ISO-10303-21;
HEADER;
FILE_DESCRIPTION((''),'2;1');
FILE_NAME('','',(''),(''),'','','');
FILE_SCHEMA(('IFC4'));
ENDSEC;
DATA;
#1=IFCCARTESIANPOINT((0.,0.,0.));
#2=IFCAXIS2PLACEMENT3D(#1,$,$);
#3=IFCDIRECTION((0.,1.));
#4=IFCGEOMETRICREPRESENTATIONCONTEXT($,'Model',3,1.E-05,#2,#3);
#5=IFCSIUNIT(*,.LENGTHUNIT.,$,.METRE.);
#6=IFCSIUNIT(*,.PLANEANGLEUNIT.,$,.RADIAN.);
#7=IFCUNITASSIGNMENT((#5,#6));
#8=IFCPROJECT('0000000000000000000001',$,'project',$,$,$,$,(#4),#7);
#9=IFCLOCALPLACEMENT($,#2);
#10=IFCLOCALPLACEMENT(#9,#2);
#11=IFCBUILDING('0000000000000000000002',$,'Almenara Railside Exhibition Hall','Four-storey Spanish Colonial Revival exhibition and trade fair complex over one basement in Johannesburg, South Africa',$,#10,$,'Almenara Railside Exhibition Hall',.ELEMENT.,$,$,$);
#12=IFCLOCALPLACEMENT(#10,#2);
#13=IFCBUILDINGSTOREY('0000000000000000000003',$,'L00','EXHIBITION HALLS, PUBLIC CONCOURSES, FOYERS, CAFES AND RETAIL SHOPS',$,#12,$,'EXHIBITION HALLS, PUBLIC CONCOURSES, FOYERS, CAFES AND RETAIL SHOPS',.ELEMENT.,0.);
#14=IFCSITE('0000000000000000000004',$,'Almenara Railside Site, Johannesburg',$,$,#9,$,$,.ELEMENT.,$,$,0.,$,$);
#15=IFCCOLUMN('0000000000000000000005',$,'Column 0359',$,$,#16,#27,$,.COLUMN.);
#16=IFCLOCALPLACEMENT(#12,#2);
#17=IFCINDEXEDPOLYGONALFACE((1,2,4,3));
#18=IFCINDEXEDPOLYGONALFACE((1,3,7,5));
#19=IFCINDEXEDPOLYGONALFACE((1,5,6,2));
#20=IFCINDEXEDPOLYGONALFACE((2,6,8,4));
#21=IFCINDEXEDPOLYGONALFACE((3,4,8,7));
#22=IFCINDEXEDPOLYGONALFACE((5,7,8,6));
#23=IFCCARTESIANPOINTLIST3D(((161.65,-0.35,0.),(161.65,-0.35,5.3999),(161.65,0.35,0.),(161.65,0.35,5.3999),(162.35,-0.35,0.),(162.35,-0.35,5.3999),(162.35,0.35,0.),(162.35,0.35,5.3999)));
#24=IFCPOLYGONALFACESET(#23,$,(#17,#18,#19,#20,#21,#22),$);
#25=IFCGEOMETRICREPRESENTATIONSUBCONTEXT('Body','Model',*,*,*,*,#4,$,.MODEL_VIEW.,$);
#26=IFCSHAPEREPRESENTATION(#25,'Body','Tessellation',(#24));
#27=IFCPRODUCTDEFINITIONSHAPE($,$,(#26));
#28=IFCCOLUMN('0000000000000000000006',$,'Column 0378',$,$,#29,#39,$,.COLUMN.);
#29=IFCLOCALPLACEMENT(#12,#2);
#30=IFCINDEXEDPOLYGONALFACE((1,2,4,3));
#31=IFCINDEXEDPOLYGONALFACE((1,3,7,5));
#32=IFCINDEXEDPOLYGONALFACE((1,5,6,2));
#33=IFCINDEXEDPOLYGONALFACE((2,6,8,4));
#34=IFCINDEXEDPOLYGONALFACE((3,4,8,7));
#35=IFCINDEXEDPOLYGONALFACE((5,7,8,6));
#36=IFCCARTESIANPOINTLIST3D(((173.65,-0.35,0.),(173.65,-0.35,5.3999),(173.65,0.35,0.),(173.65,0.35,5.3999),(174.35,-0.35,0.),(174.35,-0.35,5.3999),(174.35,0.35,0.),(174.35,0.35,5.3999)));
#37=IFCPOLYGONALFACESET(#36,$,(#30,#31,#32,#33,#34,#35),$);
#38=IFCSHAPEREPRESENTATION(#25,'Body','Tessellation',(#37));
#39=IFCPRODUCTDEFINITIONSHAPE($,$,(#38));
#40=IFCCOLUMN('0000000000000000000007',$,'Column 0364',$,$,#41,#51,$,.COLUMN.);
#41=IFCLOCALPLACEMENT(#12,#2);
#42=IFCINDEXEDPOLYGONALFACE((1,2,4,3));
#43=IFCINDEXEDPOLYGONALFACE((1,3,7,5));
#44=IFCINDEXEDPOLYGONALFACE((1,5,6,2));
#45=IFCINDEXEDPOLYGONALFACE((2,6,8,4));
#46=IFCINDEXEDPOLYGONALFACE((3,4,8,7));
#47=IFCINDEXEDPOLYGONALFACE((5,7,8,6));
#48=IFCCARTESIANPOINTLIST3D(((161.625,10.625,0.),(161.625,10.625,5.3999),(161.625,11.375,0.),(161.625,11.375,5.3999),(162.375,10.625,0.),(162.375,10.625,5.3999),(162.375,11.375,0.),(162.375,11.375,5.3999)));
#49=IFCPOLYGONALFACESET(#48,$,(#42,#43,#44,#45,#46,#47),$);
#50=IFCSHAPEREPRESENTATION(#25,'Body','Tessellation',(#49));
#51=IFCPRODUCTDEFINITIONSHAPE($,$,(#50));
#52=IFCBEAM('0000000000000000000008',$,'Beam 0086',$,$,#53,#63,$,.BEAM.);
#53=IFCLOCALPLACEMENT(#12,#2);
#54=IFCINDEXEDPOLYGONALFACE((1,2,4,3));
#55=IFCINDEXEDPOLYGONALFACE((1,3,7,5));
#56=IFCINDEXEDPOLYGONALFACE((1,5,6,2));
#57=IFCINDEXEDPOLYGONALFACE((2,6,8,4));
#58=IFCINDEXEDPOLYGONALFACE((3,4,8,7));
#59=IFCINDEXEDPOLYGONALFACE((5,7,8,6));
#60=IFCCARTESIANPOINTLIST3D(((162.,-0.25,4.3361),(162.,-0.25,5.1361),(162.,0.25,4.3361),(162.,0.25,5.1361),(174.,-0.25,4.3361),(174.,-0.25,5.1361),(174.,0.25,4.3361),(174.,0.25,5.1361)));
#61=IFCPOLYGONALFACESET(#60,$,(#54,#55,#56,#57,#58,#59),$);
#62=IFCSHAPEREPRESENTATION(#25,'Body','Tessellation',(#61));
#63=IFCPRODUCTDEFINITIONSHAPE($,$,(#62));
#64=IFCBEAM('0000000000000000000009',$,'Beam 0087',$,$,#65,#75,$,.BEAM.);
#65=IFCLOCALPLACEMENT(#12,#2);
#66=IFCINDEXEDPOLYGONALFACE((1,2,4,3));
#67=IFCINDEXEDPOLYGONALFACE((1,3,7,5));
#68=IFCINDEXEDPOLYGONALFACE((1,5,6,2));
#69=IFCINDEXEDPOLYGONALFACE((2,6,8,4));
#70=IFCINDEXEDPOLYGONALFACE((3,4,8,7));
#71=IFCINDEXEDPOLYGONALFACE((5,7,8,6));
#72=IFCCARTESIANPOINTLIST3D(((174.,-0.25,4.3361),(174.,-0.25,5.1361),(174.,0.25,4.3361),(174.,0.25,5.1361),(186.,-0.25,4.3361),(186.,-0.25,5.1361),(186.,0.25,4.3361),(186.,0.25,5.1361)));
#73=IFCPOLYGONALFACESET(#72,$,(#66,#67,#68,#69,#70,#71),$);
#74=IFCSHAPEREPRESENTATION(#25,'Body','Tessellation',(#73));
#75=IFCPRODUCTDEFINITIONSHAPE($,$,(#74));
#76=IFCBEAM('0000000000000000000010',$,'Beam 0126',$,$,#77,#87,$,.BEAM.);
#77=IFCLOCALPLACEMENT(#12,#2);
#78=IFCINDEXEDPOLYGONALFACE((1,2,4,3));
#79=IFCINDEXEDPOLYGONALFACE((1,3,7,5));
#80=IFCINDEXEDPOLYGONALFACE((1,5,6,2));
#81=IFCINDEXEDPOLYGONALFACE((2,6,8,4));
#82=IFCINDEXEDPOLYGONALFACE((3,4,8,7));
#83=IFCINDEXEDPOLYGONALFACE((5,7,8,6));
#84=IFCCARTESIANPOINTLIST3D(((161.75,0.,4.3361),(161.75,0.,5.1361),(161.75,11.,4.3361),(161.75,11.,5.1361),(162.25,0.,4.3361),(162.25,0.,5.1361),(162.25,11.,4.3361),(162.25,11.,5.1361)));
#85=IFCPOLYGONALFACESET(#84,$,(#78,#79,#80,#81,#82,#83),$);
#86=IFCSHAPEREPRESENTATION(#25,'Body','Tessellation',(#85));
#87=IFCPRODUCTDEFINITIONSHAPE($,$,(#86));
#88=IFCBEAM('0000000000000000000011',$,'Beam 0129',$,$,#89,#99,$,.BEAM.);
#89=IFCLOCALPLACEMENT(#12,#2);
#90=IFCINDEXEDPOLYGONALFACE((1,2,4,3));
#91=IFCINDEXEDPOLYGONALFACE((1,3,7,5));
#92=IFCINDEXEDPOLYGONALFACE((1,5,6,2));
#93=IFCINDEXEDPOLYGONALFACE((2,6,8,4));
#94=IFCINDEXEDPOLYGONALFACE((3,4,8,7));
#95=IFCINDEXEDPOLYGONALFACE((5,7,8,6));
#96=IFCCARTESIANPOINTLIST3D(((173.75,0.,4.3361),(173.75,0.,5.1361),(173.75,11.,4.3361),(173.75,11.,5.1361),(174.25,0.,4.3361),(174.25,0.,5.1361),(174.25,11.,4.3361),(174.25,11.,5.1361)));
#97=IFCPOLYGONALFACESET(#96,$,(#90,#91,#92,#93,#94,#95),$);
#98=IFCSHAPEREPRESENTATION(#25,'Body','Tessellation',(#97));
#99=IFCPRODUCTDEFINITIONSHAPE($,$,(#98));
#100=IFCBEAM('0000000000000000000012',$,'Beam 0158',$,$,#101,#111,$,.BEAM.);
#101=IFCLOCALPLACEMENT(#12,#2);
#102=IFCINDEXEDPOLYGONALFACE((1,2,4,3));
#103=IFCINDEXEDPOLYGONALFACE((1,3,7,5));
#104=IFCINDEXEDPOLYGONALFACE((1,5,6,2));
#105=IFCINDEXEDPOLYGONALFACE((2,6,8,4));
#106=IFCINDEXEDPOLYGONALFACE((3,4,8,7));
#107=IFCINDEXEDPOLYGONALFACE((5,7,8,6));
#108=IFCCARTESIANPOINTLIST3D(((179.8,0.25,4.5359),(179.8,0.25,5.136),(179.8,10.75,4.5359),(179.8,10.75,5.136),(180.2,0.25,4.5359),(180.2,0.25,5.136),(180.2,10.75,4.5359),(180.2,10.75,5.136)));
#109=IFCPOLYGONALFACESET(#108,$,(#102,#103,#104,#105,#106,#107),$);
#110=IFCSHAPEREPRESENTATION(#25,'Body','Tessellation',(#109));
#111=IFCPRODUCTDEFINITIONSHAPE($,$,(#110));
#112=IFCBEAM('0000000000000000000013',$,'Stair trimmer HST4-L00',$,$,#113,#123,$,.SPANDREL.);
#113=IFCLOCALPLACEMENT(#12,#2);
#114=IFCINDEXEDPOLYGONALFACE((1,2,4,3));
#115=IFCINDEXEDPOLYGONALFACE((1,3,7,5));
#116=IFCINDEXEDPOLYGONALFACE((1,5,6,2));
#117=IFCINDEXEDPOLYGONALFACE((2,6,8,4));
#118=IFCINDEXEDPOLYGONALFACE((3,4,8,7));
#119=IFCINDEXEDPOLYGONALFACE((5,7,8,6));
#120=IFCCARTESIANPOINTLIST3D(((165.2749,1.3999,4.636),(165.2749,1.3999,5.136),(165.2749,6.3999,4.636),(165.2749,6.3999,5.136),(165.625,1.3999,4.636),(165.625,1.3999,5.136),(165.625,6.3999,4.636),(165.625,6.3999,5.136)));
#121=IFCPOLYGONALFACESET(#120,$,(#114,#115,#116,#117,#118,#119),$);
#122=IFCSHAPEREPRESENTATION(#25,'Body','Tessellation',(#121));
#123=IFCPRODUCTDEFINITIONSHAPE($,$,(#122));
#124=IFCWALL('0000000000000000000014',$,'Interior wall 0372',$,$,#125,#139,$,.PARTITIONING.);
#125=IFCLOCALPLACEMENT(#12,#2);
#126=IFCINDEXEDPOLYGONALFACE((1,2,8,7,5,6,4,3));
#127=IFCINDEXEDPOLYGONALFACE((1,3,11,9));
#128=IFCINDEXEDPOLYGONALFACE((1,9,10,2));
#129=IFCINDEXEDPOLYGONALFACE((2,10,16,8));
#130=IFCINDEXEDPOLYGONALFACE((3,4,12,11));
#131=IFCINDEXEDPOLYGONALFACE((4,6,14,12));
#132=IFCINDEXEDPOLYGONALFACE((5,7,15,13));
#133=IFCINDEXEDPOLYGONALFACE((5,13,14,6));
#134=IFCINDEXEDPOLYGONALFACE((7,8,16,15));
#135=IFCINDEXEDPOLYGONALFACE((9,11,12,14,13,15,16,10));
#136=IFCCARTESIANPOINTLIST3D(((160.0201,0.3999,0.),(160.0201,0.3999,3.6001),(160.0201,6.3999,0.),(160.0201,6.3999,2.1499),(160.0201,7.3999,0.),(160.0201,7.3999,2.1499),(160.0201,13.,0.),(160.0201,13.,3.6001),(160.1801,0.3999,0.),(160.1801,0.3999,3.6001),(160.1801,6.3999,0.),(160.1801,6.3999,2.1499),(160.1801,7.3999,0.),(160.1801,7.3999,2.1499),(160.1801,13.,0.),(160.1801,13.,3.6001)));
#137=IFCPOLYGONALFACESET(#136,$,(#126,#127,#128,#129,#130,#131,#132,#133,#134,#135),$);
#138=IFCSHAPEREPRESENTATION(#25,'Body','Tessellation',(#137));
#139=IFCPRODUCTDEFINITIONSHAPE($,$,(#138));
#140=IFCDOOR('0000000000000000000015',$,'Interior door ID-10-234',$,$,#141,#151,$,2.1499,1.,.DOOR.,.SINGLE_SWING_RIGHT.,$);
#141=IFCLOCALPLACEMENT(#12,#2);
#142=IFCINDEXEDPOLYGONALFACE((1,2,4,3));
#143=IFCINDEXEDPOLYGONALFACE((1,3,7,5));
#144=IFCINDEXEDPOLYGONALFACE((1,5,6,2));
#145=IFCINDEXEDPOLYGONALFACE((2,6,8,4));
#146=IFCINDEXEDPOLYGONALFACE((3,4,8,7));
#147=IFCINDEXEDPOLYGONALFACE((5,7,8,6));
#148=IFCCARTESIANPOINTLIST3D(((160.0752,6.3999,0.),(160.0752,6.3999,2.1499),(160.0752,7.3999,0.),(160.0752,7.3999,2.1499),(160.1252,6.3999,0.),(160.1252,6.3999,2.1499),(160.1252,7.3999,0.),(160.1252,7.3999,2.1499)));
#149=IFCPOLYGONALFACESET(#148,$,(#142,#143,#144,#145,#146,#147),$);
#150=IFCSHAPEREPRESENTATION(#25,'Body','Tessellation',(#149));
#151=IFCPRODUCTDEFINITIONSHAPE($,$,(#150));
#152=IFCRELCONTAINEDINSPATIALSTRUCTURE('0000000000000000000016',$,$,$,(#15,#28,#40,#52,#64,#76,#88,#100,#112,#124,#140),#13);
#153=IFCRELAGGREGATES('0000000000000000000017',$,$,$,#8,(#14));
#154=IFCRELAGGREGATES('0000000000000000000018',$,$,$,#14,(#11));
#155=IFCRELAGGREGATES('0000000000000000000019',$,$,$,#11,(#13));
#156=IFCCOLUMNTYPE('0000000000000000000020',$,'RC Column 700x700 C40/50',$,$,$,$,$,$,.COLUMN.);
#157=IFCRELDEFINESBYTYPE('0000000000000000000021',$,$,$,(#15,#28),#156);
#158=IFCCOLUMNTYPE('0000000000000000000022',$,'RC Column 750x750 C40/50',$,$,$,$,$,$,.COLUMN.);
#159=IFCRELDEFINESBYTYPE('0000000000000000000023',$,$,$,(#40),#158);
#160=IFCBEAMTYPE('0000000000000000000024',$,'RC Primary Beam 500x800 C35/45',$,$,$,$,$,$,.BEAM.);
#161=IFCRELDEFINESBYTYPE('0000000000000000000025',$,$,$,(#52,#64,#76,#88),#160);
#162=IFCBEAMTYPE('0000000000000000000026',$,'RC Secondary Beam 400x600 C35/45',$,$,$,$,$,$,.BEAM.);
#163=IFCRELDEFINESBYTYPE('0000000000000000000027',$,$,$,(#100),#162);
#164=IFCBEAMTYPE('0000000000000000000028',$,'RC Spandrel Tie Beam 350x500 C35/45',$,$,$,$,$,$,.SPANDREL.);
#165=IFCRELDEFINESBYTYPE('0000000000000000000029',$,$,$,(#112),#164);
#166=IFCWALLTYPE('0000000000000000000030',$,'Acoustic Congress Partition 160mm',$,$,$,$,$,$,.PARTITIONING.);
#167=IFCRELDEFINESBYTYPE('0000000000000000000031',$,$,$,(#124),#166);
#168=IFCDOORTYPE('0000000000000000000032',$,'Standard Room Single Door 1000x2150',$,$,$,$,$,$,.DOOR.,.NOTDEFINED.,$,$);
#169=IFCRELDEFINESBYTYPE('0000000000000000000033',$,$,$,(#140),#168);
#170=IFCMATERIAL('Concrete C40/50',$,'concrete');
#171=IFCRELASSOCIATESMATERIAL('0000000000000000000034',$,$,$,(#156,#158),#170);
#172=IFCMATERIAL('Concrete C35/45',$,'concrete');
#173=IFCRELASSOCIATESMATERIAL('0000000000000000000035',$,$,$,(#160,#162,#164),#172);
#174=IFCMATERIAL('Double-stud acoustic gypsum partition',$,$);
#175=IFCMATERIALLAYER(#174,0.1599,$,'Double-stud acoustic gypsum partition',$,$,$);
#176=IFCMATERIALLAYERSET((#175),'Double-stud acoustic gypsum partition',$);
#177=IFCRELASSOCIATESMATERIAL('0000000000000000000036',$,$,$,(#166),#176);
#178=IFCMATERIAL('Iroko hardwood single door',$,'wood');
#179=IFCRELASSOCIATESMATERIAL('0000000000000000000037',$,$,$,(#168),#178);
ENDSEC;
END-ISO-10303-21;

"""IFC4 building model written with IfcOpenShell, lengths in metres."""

from ifc_helpers import new_model, si_unit, direction, frame, frame_2d, origin, origin_2d, place, context, subcontext, project, spatial, rectangle, extrude, material, layer, layer_set, material_profile, profile_set, type_object, element, fill, save


model = new_model("IFC4")

# Units and contexts
model_context = context("Model", 3, precision=1e-05, world=origin(), true_north=direction((0.0, 1.0)))
body_context = subcontext(model_context, "Body", "Model", "MODEL_VIEW")
ifc_project = project(units=[si_unit("LENGTHUNIT", "METRE"), si_unit("PLANEANGLEUNIT", "RADIAN")], contexts=[model_context])

# Site, building, storey
site_placement = place(None, origin())
site = spatial("IfcSite", under=ifc_project, at=site_placement, Name="Almenara Railside Site, Johannesburg", CompositionType="ELEMENT", RefElevation=0.0)
building_placement = place(site_placement, origin())
building = spatial("IfcBuilding", under=site, at=building_placement, Name="Almenara Railside Exhibition Hall", Description="Four-storey Spanish Colonial Revival exhibition and trade fair complex over one basement in Johannesburg, South Africa", LongName="Almenara Railside Exhibition Hall", CompositionType="ELEMENT")
storey_placement = place(building_placement, origin())
storey = spatial("IfcBuildingStorey", under=building, at=storey_placement, Name="L00", Description="EXHIBITION HALLS, PUBLIC CONCOURSES, FOYERS, CAFES AND RETAIL SHOPS", LongName="EXHIBITION HALLS, PUBLIC CONCOURSES, FOYERS, CAFES AND RETAIL SHOPS", CompositionType="ELEMENT", Elevation=0.0)

# Columns
ifc_material_1 = material(Name="Concrete C40/50", Category="concrete")
ifc_material_profile_1 = material_profile(ifc_material_1, rectangle(XDim=0.7, YDim=0.7, at=origin_2d()), Name="RC 700x700")
ifc_profile_set_1 = profile_set([ifc_material_profile_1], Name="Concrete C40/50")
column_type_1 = type_object("IfcColumnType", Name="RC Column 700x700 C40/50", PredefinedType="COLUMN", material=ifc_profile_set_1)
for number, where, z_axis, x_axis, name in (
    (1, (162.0, 0.0, 0.0), (0.0, 0.0, 1.0), (1.0, 0.0, 0.0), "Column 0359"),
    (2, (174.0, 0.0, 0.0), (0.0, 0.0, 1.0), (1.0, 0.0, 0.0), "Column 0378"),
):
    element("IfcColumn", number, at=place(storey_placement, frame(where, z_axis=z_axis, x_axis=x_axis)), inside=storey, type_object=column_type_1, Name=name, PredefinedType="COLUMN", context=body_context, shape_type="SweptSolid", body=[
        extrude(rectangle(XDim=0.7, YDim=0.7, at=origin_2d()), origin(), (0.0, 0.0, 1.0), 5.3999),
    ])
ifc_material_profile_2 = material_profile(ifc_material_1, rectangle(XDim=0.75, YDim=0.75, at=origin_2d()), Name="RC 750x750")
ifc_profile_set_2 = profile_set([ifc_material_profile_2], Name="Concrete C40/50")
column_type_2 = type_object("IfcColumnType", Name="RC Column 750x750 C40/50", PredefinedType="COLUMN", material=ifc_profile_set_2)
column_placement = place(storey_placement, frame((162.0, 11.0, 0.0), z_axis=(0.0, 0.0, 1.0), x_axis=(1.0, 0.0, 0.0)))
element("IfcColumn", 3, at=column_placement, inside=storey, type_object=column_type_2, Name="Column 0364", PredefinedType="COLUMN", context=body_context, shape_type="SweptSolid", body=[
    extrude(rectangle(XDim=0.75, YDim=0.75, at=origin_2d()), origin(), (0.0, 0.0, 1.0), 5.3999),
])

# Beams
ifc_material_2 = material(Name="Concrete C35/45", Category="concrete")
ifc_material_profile_3 = material_profile(ifc_material_2, rectangle(XDim=0.5, YDim=0.8, at=origin_2d()), Name="RC 500x800")
ifc_profile_set_3 = profile_set([ifc_material_profile_3], Name="Concrete C35/45")
beam_type_1 = type_object("IfcBeamType", Name="RC Primary Beam 500x800 C35/45", PredefinedType="BEAM", material=ifc_profile_set_3)
for number, where, z_axis, x_axis, name in (
    (4, (162.0, 0.0, 4.7361), (1.0, 0.0, 0.0), (0.0, 1.0, 0.0), "Beam 0086"),
    (5, (174.0, 0.0, 4.7361), (1.0, 0.0, 0.0), (0.0, 1.0, 0.0), "Beam 0087"),
):
    element("IfcBeam", number, at=place(storey_placement, frame(where, z_axis=z_axis, x_axis=x_axis)), inside=storey, type_object=beam_type_1, Name=name, PredefinedType="BEAM", context=body_context, shape_type="SweptSolid", body=[
        extrude(rectangle(XDim=0.5, YDim=0.8, at=origin_2d()), origin(), (0.0, 0.0, 1.0), 12.0),
    ])
for number, where, z_axis, x_axis, name in (
    (6, (162.0, 0.0, 4.7361), (0.0, 1.0, 0.0), (-1.0, 0.0, 0.0), "Beam 0126"),
    (7, (174.0, 0.0, 4.7361), (0.0, 1.0, 0.0), (-1.0, 0.0, 0.0), "Beam 0129"),
):
    element("IfcBeam", number, at=place(storey_placement, frame(where, z_axis=z_axis, x_axis=x_axis)), inside=storey, type_object=beam_type_1, Name=name, PredefinedType="BEAM", context=body_context, shape_type="SweptSolid", body=[
        extrude(rectangle(XDim=0.5, YDim=0.8, at=origin_2d()), origin(), (0.0, 0.0, 1.0), 11.0),
    ])
ifc_material_profile_4 = material_profile(ifc_material_2, rectangle(XDim=0.3999, YDim=0.6001, at=origin_2d()), Name="RC 400x600")
ifc_profile_set_4 = profile_set([ifc_material_profile_4], Name="Concrete C35/45")
beam_type_2 = type_object("IfcBeamType", Name="RC Secondary Beam 400x600 C35/45", PredefinedType="BEAM", material=ifc_profile_set_4)
beam_1_placement = place(storey_placement, frame((180.0, 0.25, 4.8359), z_axis=(0.0, 1.0, 0.0), x_axis=(-1.0, 0.0, 0.0)))
element("IfcBeam", 8, at=beam_1_placement, inside=storey, type_object=beam_type_2, Name="Beam 0158", PredefinedType="BEAM", context=body_context, shape_type="SweptSolid", body=[
    extrude(rectangle(XDim=0.3999, YDim=0.6001, at=origin_2d()), origin(), (0.0, 0.0, 1.0), 10.5),
])
ifc_material_profile_5 = material_profile(ifc_material_2, rectangle(XDim=0.3501, YDim=0.5, at=origin_2d()), Name="RC 350x500")
ifc_profile_set_5 = profile_set([ifc_material_profile_5], Name="Concrete C35/45")
beam_type_3 = type_object("IfcBeamType", Name="RC Spandrel Tie Beam 350x500 C35/45", PredefinedType="SPANDREL", material=ifc_profile_set_5)
beam_2_placement = place(storey_placement, frame((165.45, 1.3999, 4.886), z_axis=(0.0, 1.0, 0.0), x_axis=(-1.0, 0.0, 0.0)))
element("IfcBeam", 9, at=beam_2_placement, inside=storey, type_object=beam_type_3, Name="Stair trimmer HST4-L00", PredefinedType="SPANDREL", context=body_context, shape_type="SweptSolid", body=[
    extrude(rectangle(XDim=0.3501, YDim=0.5, at=origin_2d()), origin(), (0.0, 0.0, 1.0), 5.0),
])

# Wall, opening, door
ifc_material_3 = material(Name="Double-stud acoustic gypsum partition")
ifc_layer_1 = layer(ifc_material_3, 0.1599, Name="Double-stud acoustic gypsum partition")
ifc_layer_set_1 = layer_set([ifc_layer_1], Name="Double-stud acoustic gypsum partition")
wall_type_1 = type_object("IfcWallType", Name="Acoustic Congress Partition 160mm", PredefinedType="PARTITIONING", material=ifc_layer_set_1)
wall_1_placement = place(storey_placement, frame((160.1001, 0.3999, 0.0), z_axis=(0.0, 0.0, 1.0), x_axis=(0.0, 1.0, 0.0)))
wall_1 = element("IfcWall", 10, at=wall_1_placement, inside=storey, type_object=wall_type_1, Name="Interior wall 0372", PredefinedType="PARTITIONING", context=body_context, shape_type="SweptSolid", body=[
    extrude(rectangle(XDim=12.6001, YDim=0.1599, at=frame_2d((6.3, 0.0))), origin(), (0.0, 0.0, 1.0), 3.6001),
])
opening_1_placement = place(wall_1_placement, frame((6.0, 0.0, 0.0)))
opening_1 = element("IfcOpeningElement", 11, at=opening_1_placement, cuts=wall_1, PredefinedType="OPENING", context=body_context, shape_type="SweptSolid", body=[
    extrude(rectangle(XDim=1.0, YDim=2.1499, at=frame_2d((0.5, 1.075))), frame((0.0, 0.0898, 0.0), z_axis=(0.0, -1.0, 0.0), x_axis=(1.0, 0.0, 0.0)), (0.0, 0.0, 1.0), 0.1799),
])
ifc_material_4 = material(Name="Iroko hardwood single door", Category="wood")
door_type_1 = type_object("IfcDoorType", Name="Standard Room Single Door 1000x2150", OperationType="NOTDEFINED", PredefinedType="DOOR", material=ifc_material_4)
door_1_placement = place(opening_1_placement, origin())
door_1 = element("IfcDoor", 12, at=door_1_placement, inside=storey, type_object=door_type_1, Name="Interior door ID-10-234", OperationType="SINGLE_SWING_RIGHT", OverallHeight=2.1499, OverallWidth=1.0, PredefinedType="DOOR", context=body_context, shape_type="SweptSolid", body=[
    extrude(rectangle(XDim=1.0, YDim=2.1499, at=frame_2d((0.5, 1.075))), frame((0.0, 0.0249, 0.0), z_axis=(0.0, -1.0, 0.0), x_axis=(1.0, 0.0, 0.0)), (0.0, 0.0, 1.0), 0.05),
])
fill(opening_1, door_1)

save(model, "model.ifc")
